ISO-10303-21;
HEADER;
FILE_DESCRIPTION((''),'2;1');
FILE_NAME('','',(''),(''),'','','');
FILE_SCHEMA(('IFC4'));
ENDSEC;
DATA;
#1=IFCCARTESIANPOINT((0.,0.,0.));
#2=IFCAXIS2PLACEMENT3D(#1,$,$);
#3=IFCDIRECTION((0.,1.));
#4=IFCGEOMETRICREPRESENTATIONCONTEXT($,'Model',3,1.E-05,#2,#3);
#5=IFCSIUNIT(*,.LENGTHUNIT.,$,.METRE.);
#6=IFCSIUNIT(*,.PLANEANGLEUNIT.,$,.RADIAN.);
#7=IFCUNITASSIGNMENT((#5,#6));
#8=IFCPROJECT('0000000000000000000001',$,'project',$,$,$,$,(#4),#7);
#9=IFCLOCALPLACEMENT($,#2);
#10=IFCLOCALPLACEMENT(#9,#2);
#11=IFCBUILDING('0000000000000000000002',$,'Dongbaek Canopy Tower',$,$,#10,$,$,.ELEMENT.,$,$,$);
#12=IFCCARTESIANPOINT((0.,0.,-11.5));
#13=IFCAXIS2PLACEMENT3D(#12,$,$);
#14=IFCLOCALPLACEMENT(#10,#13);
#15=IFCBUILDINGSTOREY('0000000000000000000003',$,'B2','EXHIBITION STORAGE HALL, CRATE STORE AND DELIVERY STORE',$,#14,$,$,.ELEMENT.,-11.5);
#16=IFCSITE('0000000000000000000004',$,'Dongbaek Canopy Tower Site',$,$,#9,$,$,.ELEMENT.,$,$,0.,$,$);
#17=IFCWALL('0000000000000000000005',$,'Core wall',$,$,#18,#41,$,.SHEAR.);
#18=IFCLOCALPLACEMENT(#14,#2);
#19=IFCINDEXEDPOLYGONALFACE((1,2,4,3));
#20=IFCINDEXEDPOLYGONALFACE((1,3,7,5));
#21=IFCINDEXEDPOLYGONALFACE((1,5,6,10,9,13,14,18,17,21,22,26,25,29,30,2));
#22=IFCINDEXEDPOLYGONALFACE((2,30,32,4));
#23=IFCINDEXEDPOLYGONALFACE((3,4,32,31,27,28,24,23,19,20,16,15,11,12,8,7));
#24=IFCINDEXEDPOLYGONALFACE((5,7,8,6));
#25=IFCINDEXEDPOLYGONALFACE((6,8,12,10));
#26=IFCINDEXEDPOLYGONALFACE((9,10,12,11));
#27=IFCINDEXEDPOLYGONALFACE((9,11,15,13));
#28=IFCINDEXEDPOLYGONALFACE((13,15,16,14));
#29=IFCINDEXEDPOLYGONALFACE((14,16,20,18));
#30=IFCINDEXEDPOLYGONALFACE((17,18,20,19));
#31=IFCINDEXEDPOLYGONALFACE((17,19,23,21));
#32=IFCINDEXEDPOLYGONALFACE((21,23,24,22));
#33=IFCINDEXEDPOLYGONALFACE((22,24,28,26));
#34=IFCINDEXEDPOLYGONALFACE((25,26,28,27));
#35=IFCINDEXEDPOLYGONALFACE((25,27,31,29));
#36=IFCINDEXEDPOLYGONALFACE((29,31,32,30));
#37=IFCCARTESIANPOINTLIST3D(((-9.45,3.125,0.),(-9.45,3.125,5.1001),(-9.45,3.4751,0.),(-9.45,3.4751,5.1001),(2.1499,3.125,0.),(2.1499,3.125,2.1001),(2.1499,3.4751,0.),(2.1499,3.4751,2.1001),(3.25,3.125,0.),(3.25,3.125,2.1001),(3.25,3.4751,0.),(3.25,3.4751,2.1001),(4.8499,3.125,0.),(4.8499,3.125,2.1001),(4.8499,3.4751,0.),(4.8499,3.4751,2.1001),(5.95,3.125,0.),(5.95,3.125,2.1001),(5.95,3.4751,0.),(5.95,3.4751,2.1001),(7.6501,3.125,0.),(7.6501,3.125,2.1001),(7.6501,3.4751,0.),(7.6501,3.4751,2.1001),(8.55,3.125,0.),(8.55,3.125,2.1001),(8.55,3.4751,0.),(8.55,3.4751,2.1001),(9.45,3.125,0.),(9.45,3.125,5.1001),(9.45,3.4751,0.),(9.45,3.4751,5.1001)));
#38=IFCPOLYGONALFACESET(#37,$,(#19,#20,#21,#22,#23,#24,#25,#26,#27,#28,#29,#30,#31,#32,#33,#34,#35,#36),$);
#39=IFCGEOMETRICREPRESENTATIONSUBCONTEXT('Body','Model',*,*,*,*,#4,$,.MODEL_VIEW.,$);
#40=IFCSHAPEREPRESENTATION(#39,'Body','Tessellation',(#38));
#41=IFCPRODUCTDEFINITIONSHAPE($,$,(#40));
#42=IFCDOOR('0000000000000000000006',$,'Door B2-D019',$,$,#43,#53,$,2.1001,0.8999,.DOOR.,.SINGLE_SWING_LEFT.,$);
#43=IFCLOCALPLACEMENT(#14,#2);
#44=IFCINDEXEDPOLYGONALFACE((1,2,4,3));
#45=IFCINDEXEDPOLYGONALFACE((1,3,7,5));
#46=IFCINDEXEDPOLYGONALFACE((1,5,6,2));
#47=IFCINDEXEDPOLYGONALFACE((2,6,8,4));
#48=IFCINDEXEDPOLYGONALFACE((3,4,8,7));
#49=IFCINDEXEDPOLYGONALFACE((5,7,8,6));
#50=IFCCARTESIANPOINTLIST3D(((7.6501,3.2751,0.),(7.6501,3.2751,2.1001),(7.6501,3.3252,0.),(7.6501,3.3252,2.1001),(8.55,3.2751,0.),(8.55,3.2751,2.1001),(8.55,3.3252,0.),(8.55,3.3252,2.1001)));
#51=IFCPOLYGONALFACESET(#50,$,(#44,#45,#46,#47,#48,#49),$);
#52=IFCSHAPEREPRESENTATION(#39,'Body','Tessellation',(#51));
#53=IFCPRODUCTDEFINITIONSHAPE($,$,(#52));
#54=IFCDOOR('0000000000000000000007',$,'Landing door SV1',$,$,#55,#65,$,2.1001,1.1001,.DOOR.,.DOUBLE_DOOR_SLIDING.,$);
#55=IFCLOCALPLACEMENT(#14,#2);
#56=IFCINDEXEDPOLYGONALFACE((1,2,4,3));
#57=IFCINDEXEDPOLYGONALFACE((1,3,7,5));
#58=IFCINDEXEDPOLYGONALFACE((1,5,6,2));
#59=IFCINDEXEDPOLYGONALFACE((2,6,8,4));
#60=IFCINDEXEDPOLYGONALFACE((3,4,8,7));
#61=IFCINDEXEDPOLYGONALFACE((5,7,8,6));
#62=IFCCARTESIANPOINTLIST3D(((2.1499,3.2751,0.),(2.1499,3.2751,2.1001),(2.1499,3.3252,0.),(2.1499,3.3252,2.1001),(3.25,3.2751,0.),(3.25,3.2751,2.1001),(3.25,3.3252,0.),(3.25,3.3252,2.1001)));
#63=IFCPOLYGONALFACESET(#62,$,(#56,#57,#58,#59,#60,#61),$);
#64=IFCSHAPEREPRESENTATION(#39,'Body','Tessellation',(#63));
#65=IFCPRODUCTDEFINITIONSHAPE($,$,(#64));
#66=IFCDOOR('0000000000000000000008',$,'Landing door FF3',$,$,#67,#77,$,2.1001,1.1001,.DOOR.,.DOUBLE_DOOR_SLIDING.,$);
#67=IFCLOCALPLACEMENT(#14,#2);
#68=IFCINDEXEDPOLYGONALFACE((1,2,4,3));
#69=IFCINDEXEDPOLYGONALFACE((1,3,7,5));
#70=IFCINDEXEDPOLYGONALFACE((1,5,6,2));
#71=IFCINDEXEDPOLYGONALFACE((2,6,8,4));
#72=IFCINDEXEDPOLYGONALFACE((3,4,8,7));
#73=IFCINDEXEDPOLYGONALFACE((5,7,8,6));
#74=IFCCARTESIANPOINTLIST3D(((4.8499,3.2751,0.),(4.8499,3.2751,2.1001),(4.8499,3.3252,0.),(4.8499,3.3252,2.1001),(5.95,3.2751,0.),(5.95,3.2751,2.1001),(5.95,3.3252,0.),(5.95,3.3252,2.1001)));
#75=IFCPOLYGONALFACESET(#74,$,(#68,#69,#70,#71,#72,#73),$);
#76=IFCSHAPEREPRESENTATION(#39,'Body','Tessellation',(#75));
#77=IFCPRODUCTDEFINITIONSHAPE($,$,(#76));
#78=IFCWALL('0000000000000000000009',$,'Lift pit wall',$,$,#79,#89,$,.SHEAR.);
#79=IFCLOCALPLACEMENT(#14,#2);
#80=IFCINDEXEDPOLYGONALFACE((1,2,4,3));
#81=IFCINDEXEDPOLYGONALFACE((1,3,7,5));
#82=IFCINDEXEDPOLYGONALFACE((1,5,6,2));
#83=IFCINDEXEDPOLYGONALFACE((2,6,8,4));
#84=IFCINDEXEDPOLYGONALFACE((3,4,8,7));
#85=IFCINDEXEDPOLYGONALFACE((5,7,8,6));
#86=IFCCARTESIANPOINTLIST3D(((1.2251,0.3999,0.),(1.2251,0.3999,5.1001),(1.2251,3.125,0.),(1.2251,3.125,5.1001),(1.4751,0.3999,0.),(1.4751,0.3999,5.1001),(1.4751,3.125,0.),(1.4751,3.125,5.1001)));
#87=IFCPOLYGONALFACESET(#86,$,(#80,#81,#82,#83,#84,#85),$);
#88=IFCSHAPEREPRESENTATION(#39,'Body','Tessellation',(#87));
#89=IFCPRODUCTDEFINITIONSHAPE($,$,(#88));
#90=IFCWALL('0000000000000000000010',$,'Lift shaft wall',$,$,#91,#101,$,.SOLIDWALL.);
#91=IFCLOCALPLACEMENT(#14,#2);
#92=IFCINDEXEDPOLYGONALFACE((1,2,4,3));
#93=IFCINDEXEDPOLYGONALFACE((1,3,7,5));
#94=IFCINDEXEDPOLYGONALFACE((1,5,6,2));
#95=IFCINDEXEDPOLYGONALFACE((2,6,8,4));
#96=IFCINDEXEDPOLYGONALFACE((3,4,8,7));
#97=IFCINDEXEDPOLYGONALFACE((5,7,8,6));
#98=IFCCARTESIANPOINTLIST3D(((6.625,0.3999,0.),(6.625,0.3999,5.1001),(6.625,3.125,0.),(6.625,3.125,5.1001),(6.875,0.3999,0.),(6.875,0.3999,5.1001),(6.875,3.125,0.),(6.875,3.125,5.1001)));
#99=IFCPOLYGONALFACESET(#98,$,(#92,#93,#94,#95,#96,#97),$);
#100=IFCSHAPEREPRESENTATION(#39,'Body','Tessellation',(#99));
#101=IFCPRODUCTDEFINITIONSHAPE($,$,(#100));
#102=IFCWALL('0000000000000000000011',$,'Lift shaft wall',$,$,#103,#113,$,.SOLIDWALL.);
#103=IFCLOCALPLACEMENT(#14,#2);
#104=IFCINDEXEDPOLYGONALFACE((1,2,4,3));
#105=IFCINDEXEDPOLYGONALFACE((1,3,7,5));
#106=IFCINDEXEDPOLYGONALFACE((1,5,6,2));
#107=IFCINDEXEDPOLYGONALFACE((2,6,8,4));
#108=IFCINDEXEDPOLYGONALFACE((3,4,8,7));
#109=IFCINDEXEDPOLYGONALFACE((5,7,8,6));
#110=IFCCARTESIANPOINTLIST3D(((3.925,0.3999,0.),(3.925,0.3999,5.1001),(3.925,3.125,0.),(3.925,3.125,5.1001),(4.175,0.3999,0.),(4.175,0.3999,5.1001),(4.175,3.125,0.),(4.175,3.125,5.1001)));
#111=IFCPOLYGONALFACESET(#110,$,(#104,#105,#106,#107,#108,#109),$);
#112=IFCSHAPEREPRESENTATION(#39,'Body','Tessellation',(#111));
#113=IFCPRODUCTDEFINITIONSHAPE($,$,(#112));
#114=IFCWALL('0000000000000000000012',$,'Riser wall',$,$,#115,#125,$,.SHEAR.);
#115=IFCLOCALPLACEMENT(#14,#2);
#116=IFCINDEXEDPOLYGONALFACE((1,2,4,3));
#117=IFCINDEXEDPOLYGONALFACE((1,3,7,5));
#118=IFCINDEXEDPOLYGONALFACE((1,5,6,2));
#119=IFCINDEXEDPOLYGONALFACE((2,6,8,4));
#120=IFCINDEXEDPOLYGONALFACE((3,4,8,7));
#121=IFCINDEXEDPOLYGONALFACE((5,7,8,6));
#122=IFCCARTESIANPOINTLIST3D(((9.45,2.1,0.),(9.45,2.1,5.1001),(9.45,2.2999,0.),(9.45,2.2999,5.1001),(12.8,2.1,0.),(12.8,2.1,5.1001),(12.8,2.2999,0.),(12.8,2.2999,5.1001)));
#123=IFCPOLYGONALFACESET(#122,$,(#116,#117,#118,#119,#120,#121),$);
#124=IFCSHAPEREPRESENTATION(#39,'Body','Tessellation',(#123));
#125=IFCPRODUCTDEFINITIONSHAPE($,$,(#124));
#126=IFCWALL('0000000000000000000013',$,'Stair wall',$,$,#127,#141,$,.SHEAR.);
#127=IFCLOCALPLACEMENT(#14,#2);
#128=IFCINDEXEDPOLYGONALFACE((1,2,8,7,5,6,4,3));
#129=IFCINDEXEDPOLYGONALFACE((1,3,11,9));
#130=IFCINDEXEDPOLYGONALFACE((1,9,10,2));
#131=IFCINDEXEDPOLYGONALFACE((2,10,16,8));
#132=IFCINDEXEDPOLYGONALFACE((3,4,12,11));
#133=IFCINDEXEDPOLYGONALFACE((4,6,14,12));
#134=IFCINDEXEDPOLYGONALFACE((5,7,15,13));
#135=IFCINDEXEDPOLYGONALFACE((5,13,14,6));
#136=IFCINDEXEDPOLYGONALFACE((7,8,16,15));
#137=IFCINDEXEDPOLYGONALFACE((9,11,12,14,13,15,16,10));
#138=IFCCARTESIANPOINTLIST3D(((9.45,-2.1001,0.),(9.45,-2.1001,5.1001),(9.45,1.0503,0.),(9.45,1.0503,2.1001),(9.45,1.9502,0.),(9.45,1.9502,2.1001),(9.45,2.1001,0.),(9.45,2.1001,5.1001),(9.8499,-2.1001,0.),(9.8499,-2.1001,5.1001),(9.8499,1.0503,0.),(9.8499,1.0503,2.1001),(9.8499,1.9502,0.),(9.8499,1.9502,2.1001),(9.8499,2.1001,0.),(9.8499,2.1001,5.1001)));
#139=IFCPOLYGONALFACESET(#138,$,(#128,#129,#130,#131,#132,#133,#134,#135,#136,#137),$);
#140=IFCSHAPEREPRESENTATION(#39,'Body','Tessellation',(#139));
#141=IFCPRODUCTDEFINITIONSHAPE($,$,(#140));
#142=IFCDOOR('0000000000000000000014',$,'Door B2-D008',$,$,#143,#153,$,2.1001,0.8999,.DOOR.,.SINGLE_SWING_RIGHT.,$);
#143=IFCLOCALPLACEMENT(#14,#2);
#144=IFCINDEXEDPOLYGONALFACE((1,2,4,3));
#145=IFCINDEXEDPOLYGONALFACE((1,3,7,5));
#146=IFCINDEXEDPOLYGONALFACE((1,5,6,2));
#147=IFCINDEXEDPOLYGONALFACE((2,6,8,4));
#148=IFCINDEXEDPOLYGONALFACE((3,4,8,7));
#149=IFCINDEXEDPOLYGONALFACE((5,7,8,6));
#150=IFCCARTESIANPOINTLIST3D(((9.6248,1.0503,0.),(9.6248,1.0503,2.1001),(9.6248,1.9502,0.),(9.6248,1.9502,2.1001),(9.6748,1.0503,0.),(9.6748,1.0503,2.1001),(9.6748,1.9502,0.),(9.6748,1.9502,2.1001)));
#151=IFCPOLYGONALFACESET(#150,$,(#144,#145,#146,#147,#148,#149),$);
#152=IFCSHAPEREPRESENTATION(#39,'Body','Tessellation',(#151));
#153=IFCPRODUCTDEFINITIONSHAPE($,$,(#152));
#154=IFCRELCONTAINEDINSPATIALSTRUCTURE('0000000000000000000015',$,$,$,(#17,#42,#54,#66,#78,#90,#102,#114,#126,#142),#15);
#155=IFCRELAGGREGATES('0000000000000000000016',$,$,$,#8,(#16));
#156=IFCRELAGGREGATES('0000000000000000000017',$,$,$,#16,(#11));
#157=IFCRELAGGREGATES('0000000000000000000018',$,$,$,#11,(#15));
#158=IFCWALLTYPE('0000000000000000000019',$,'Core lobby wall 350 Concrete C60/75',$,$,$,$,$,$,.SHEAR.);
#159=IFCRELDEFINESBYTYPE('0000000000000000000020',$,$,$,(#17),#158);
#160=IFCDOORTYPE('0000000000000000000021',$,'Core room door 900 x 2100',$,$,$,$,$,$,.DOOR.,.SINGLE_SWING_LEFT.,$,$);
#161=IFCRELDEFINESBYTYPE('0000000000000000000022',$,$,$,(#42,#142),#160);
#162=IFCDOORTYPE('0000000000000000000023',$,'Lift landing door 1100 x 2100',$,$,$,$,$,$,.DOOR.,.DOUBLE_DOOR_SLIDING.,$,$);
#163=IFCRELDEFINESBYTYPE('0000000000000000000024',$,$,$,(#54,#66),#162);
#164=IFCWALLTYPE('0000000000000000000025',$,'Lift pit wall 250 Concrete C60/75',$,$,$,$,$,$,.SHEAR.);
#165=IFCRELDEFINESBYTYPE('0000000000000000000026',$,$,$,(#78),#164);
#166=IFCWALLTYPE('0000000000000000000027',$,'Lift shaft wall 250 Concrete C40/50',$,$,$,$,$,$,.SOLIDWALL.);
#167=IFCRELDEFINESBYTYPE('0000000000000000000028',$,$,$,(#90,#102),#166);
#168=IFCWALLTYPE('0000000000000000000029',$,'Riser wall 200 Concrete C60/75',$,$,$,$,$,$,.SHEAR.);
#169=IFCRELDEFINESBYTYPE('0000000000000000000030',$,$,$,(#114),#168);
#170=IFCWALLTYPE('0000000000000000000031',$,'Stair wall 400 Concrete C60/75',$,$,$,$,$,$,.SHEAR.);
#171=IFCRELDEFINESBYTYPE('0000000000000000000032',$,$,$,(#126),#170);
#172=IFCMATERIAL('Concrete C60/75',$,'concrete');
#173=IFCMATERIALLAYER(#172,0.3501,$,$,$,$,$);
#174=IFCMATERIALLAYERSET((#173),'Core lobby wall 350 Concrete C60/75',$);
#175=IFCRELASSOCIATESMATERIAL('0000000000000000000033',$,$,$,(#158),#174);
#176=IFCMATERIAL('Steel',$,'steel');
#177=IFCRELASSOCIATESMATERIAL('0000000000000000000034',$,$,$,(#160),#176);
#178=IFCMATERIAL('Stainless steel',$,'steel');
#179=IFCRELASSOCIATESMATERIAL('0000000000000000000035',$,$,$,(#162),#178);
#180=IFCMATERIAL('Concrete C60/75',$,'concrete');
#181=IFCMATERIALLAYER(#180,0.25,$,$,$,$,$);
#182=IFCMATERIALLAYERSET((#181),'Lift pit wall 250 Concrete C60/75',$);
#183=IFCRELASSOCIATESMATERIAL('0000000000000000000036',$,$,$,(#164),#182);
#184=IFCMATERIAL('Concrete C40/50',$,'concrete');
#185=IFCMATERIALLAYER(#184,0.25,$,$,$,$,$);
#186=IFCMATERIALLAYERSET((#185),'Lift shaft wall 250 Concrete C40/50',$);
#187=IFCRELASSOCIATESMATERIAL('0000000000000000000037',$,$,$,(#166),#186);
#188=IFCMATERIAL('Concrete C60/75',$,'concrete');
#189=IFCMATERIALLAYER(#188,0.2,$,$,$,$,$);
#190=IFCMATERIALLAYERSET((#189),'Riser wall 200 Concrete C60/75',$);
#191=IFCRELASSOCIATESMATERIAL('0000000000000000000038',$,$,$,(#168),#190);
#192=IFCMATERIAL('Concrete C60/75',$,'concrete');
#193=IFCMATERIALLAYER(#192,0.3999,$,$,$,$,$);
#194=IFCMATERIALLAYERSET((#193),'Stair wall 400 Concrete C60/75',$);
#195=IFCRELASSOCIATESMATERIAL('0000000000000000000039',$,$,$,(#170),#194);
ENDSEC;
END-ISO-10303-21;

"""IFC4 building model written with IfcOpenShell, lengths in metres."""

from ifc_helpers import new_model, si_unit, direction, frame, frame_2d, origin, place, context, subcontext, project, spatial, rectangle, extrude, material, layer, layer_set, type_object, element, fill, save


model = new_model("IFC4")

# Units and contexts
model_context = context("Model", 3, precision=1e-05, world=origin(), true_north=direction((0.0, 1.0)))
body_context = subcontext(model_context, "Body", "Model", "MODEL_VIEW")
ifc_project = project(units=[si_unit("LENGTHUNIT", "METRE"), si_unit("PLANEANGLEUNIT", "RADIAN")], contexts=[model_context])

# Site, building, storey
site_placement = place(None, origin())
site = spatial("IfcSite", under=ifc_project, at=site_placement, Name="Dongbaek Canopy Tower Site", CompositionType="ELEMENT", RefElevation=0.0)
building_placement = place(site_placement, origin())
building = spatial("IfcBuilding", under=site, at=building_placement, Name="Dongbaek Canopy Tower", CompositionType="ELEMENT")
storey_placement = place(building_placement, frame((0.0, 0.0, -11.5)))
storey = spatial("IfcBuildingStorey", under=building, at=storey_placement, Name="B2", Description="EXHIBITION STORAGE HALL, CRATE STORE AND DELIVERY STORE", CompositionType="ELEMENT", Elevation=-11.5)

# Wall, openings, doors
ifc_material_1 = material(Name="Concrete C60/75", Category="concrete")
ifc_layer_1 = layer(ifc_material_1, 0.3501)
ifc_layer_set_1 = layer_set([ifc_layer_1], Name="Core lobby wall 350 Concrete C60/75")
wall_type_1 = type_object("IfcWallType", Name="Core lobby wall 350 Concrete C60/75", PredefinedType="SHEAR", material=ifc_layer_set_1)
wall_1_placement = place(storey_placement, frame((9.45, 3.3, 0.0), z_axis=(0.0, 0.0, 1.0), x_axis=(-1.0, 0.0, 0.0)))
wall_1 = element("IfcWall", 1, at=wall_1_placement, inside=storey, type_object=wall_type_1, Name="Core wall", PredefinedType="SHEAR", context=body_context, shape_type="SweptSolid", body=[
    extrude(rectangle(XDim=18.8999, YDim=0.3501, at=frame_2d((9.45, 0.0))), origin(), (0.0, 0.0, 1.0), 5.1001),
])
opening_1_placement = place(wall_1_placement, frame((6.2, 0.0, 0.0)))
opening_1 = element("IfcOpeningElement", 2, at=opening_1_placement, cuts=wall_1, PredefinedType="OPENING", context=body_context, shape_type="SweptSolid", body=[
    extrude(rectangle(XDim=1.1001, YDim=2.1001, at=frame_2d((0.55, 1.05))), frame((0.0, 0.1851, 0.0), z_axis=(0.0, -1.0, 0.0), x_axis=(1.0, 0.0, 0.0)), (0.0, 0.0, 1.0), 0.3701),
])
opening_2_placement = place(wall_1_placement, frame((3.5, 0.0, 0.0)))
opening_2 = element("IfcOpeningElement", 3, at=opening_2_placement, cuts=wall_1, PredefinedType="OPENING", context=body_context, shape_type="SweptSolid", body=[
    extrude(rectangle(XDim=1.1001, YDim=2.1001, at=frame_2d((0.55, 1.05))), frame((0.0, 0.1851, 0.0), z_axis=(0.0, -1.0, 0.0), x_axis=(1.0, 0.0, 0.0)), (0.0, 0.0, 1.0), 0.3701),
])
opening_3_placement = place(wall_1_placement, frame((0.8999, 0.0, 0.0)))
opening_3 = element("IfcOpeningElement", 4, at=opening_3_placement, cuts=wall_1, PredefinedType="OPENING", context=body_context, shape_type="SweptSolid", body=[
    extrude(rectangle(XDim=0.8999, YDim=2.1001, at=frame_2d((0.45, 1.05))), frame((0.0, 0.1851, 0.0), z_axis=(0.0, -1.0, 0.0), x_axis=(1.0, 0.0, 0.0)), (0.0, 0.0, 1.0), 0.3701),
])
ifc_material_2 = material(Name="Steel", Category="steel")
door_type_1 = type_object("IfcDoorType", Name="Core room door 900 x 2100", OperationType="SINGLE_SWING_LEFT", PredefinedType="DOOR", material=ifc_material_2)
door_1_placement = place(opening_3_placement, origin())
door_1 = element("IfcDoor", 5, at=door_1_placement, inside=storey, type_object=door_type_1, Name="Door B2-D019", OperationType="SINGLE_SWING_LEFT", OverallHeight=2.1001, OverallWidth=0.8999, PredefinedType="DOOR", context=body_context, shape_type="SweptSolid", body=[
    extrude(rectangle(XDim=0.8999, YDim=2.1001, at=frame_2d((0.45, 1.05))), frame((0.0, 0.0249, 0.0), z_axis=(0.0, -1.0, 0.0), x_axis=(1.0, 0.0, 0.0)), (0.0, 0.0, 1.0), 0.05),
])
fill(opening_3, door_1)
ifc_material_3 = material(Name="Stainless steel", Category="steel")
door_type_2 = type_object("IfcDoorType", Name="Lift landing door 1100 x 2100", OperationType="DOUBLE_DOOR_SLIDING", PredefinedType="DOOR", material=ifc_material_3)
door_2_placement = place(opening_1_placement, origin())
door_2 = element("IfcDoor", 6, at=door_2_placement, inside=storey, type_object=door_type_2, Name="Landing door SV1", OperationType="DOUBLE_DOOR_SLIDING", OverallHeight=2.1001, OverallWidth=1.1001, PredefinedType="DOOR", context=body_context, shape_type="SweptSolid", body=[
    extrude(rectangle(XDim=1.1001, YDim=2.1001, at=frame_2d((0.55, 1.05))), frame((0.0, 0.0249, 0.0), z_axis=(0.0, -1.0, 0.0), x_axis=(1.0, 0.0, 0.0)), (0.0, 0.0, 1.0), 0.05),
])
fill(opening_1, door_2)
door_3_placement = place(opening_2_placement, origin())
door_3 = element("IfcDoor", 7, at=door_3_placement, inside=storey, type_object=door_type_2, Name="Landing door FF3", OperationType="DOUBLE_DOOR_SLIDING", OverallHeight=2.1001, OverallWidth=1.1001, PredefinedType="DOOR", context=body_context, shape_type="SweptSolid", body=[
    extrude(rectangle(XDim=1.1001, YDim=2.1001, at=frame_2d((0.55, 1.05))), frame((0.0, 0.0249, 0.0), z_axis=(0.0, -1.0, 0.0), x_axis=(1.0, 0.0, 0.0)), (0.0, 0.0, 1.0), 0.05),
])
fill(opening_2, door_3)

# Walls
ifc_material_4 = material(Name="Concrete C60/75", Category="concrete")
ifc_layer_2 = layer(ifc_material_4, 0.25)
ifc_layer_set_2 = layer_set([ifc_layer_2], Name="Lift pit wall 250 Concrete C60/75")
wall_type_2 = type_object("IfcWallType", Name="Lift pit wall 250 Concrete C60/75", PredefinedType="SHEAR", material=ifc_layer_set_2)
wall_2_placement = place(storey_placement, frame((1.3501, 0.3999, 0.0), z_axis=(0.0, 0.0, 1.0), x_axis=(0.0, 1.0, 0.0)))
element("IfcWall", 8, at=wall_2_placement, inside=storey, type_object=wall_type_2, Name="Lift pit wall", PredefinedType="SHEAR", context=body_context, shape_type="SweptSolid", body=[
    extrude(rectangle(XDim=2.7251, YDim=0.25, at=frame_2d((1.3625, 0.0))), origin(), (0.0, 0.0, 1.0), 5.1001),
])
ifc_material_5 = material(Name="Concrete C40/50", Category="concrete")
ifc_layer_3 = layer(ifc_material_5, 0.25)
ifc_layer_set_3 = layer_set([ifc_layer_3], Name="Lift shaft wall 250 Concrete C40/50")
wall_type_3 = type_object("IfcWallType", Name="Lift shaft wall 250 Concrete C40/50", PredefinedType="SOLIDWALL", material=ifc_layer_set_3)
for number, where, z_axis, x_axis, name in (
    (9, (6.75, 0.3999, 0.0), (0.0, 0.0, 1.0), (0.0, 1.0, 0.0), "Lift shaft wall"),
    (10, (4.05, 0.3999, 0.0), (0.0, 0.0, 1.0), (0.0, 1.0, 0.0), "Lift shaft wall"),
):
    element("IfcWall", number, at=place(storey_placement, frame(where, z_axis=z_axis, x_axis=x_axis)), inside=storey, type_object=wall_type_3, Name=name, PredefinedType="SOLIDWALL", context=body_context, shape_type="SweptSolid", body=[
        extrude(rectangle(XDim=2.7251, YDim=0.25, at=frame_2d((1.3625, 0.0))), origin(), (0.0, 0.0, 1.0), 5.1001),
    ])
ifc_material_6 = material(Name="Concrete C60/75", Category="concrete")
ifc_layer_4 = layer(ifc_material_6, 0.2)
ifc_layer_set_4 = layer_set([ifc_layer_4], Name="Riser wall 200 Concrete C60/75")
wall_type_4 = type_object("IfcWallType", Name="Riser wall 200 Concrete C60/75", PredefinedType="SHEAR", material=ifc_layer_set_4)
wall_3_placement = place(storey_placement, frame((9.45, 2.2, 0.0), z_axis=(0.0, 0.0, 1.0), x_axis=(1.0, 0.0, 0.0)))
element("IfcWall", 11, at=wall_3_placement, inside=storey, type_object=wall_type_4, Name="Riser wall", PredefinedType="SHEAR", context=body_context, shape_type="SweptSolid", body=[
    extrude(rectangle(XDim=3.3501, YDim=0.2, at=frame_2d((1.675, 0.0))), origin(), (0.0, 0.0, 1.0), 5.1001),
])

# Wall, opening, door
ifc_material_7 = material(Name="Concrete C60/75", Category="concrete")
ifc_layer_5 = layer(ifc_material_7, 0.3999)
ifc_layer_set_5 = layer_set([ifc_layer_5], Name="Stair wall 400 Concrete C60/75")
wall_type_5 = type_object("IfcWallType", Name="Stair wall 400 Concrete C60/75", PredefinedType="SHEAR", material=ifc_layer_set_5)
wall_4_placement = place(storey_placement, frame((9.6499, 2.1001, 0.0), z_axis=(0.0, 0.0, 1.0), x_axis=(0.0, -1.0, 0.0)))
wall_4 = element("IfcWall", 12, at=wall_4_placement, inside=storey, type_object=wall_type_5, Name="Stair wall", PredefinedType="SHEAR", context=body_context, shape_type="SweptSolid", body=[
    extrude(rectangle(XDim=4.2002, YDim=0.3999, at=frame_2d((2.1001, 0.0))), origin(), (0.0, 0.0, 1.0), 5.1001),
])
opening_4_placement = place(wall_4_placement, frame((0.1499, 0.0, 0.0)))
opening_4 = element("IfcOpeningElement", 13, at=opening_4_placement, cuts=wall_4, PredefinedType="OPENING", context=body_context, shape_type="SweptSolid", body=[
    extrude(rectangle(XDim=0.8999, YDim=2.1001, at=frame_2d((0.45, 1.05))), frame((0.0, 0.21, 0.0), z_axis=(0.0, -1.0, 0.0), x_axis=(1.0, 0.0, 0.0)), (0.0, 0.0, 1.0), 0.4199),
])
door_4_placement = place(opening_4_placement, origin())
door_4 = element("IfcDoor", 14, at=door_4_placement, inside=storey, type_object=door_type_1, Name="Door B2-D008", OperationType="SINGLE_SWING_RIGHT", OverallHeight=2.1001, OverallWidth=0.8999, PredefinedType="DOOR", context=body_context, shape_type="SweptSolid", body=[
    extrude(rectangle(XDim=0.8999, YDim=2.1001, at=frame_2d((0.45, 1.05))), frame((0.0, 0.0249, 0.0), z_axis=(0.0, -1.0, 0.0), x_axis=(1.0, 0.0, 0.0)), (0.0, 0.0, 1.0), 0.05),
])
fill(opening_4, door_4)

save(model, "model.ifc")
